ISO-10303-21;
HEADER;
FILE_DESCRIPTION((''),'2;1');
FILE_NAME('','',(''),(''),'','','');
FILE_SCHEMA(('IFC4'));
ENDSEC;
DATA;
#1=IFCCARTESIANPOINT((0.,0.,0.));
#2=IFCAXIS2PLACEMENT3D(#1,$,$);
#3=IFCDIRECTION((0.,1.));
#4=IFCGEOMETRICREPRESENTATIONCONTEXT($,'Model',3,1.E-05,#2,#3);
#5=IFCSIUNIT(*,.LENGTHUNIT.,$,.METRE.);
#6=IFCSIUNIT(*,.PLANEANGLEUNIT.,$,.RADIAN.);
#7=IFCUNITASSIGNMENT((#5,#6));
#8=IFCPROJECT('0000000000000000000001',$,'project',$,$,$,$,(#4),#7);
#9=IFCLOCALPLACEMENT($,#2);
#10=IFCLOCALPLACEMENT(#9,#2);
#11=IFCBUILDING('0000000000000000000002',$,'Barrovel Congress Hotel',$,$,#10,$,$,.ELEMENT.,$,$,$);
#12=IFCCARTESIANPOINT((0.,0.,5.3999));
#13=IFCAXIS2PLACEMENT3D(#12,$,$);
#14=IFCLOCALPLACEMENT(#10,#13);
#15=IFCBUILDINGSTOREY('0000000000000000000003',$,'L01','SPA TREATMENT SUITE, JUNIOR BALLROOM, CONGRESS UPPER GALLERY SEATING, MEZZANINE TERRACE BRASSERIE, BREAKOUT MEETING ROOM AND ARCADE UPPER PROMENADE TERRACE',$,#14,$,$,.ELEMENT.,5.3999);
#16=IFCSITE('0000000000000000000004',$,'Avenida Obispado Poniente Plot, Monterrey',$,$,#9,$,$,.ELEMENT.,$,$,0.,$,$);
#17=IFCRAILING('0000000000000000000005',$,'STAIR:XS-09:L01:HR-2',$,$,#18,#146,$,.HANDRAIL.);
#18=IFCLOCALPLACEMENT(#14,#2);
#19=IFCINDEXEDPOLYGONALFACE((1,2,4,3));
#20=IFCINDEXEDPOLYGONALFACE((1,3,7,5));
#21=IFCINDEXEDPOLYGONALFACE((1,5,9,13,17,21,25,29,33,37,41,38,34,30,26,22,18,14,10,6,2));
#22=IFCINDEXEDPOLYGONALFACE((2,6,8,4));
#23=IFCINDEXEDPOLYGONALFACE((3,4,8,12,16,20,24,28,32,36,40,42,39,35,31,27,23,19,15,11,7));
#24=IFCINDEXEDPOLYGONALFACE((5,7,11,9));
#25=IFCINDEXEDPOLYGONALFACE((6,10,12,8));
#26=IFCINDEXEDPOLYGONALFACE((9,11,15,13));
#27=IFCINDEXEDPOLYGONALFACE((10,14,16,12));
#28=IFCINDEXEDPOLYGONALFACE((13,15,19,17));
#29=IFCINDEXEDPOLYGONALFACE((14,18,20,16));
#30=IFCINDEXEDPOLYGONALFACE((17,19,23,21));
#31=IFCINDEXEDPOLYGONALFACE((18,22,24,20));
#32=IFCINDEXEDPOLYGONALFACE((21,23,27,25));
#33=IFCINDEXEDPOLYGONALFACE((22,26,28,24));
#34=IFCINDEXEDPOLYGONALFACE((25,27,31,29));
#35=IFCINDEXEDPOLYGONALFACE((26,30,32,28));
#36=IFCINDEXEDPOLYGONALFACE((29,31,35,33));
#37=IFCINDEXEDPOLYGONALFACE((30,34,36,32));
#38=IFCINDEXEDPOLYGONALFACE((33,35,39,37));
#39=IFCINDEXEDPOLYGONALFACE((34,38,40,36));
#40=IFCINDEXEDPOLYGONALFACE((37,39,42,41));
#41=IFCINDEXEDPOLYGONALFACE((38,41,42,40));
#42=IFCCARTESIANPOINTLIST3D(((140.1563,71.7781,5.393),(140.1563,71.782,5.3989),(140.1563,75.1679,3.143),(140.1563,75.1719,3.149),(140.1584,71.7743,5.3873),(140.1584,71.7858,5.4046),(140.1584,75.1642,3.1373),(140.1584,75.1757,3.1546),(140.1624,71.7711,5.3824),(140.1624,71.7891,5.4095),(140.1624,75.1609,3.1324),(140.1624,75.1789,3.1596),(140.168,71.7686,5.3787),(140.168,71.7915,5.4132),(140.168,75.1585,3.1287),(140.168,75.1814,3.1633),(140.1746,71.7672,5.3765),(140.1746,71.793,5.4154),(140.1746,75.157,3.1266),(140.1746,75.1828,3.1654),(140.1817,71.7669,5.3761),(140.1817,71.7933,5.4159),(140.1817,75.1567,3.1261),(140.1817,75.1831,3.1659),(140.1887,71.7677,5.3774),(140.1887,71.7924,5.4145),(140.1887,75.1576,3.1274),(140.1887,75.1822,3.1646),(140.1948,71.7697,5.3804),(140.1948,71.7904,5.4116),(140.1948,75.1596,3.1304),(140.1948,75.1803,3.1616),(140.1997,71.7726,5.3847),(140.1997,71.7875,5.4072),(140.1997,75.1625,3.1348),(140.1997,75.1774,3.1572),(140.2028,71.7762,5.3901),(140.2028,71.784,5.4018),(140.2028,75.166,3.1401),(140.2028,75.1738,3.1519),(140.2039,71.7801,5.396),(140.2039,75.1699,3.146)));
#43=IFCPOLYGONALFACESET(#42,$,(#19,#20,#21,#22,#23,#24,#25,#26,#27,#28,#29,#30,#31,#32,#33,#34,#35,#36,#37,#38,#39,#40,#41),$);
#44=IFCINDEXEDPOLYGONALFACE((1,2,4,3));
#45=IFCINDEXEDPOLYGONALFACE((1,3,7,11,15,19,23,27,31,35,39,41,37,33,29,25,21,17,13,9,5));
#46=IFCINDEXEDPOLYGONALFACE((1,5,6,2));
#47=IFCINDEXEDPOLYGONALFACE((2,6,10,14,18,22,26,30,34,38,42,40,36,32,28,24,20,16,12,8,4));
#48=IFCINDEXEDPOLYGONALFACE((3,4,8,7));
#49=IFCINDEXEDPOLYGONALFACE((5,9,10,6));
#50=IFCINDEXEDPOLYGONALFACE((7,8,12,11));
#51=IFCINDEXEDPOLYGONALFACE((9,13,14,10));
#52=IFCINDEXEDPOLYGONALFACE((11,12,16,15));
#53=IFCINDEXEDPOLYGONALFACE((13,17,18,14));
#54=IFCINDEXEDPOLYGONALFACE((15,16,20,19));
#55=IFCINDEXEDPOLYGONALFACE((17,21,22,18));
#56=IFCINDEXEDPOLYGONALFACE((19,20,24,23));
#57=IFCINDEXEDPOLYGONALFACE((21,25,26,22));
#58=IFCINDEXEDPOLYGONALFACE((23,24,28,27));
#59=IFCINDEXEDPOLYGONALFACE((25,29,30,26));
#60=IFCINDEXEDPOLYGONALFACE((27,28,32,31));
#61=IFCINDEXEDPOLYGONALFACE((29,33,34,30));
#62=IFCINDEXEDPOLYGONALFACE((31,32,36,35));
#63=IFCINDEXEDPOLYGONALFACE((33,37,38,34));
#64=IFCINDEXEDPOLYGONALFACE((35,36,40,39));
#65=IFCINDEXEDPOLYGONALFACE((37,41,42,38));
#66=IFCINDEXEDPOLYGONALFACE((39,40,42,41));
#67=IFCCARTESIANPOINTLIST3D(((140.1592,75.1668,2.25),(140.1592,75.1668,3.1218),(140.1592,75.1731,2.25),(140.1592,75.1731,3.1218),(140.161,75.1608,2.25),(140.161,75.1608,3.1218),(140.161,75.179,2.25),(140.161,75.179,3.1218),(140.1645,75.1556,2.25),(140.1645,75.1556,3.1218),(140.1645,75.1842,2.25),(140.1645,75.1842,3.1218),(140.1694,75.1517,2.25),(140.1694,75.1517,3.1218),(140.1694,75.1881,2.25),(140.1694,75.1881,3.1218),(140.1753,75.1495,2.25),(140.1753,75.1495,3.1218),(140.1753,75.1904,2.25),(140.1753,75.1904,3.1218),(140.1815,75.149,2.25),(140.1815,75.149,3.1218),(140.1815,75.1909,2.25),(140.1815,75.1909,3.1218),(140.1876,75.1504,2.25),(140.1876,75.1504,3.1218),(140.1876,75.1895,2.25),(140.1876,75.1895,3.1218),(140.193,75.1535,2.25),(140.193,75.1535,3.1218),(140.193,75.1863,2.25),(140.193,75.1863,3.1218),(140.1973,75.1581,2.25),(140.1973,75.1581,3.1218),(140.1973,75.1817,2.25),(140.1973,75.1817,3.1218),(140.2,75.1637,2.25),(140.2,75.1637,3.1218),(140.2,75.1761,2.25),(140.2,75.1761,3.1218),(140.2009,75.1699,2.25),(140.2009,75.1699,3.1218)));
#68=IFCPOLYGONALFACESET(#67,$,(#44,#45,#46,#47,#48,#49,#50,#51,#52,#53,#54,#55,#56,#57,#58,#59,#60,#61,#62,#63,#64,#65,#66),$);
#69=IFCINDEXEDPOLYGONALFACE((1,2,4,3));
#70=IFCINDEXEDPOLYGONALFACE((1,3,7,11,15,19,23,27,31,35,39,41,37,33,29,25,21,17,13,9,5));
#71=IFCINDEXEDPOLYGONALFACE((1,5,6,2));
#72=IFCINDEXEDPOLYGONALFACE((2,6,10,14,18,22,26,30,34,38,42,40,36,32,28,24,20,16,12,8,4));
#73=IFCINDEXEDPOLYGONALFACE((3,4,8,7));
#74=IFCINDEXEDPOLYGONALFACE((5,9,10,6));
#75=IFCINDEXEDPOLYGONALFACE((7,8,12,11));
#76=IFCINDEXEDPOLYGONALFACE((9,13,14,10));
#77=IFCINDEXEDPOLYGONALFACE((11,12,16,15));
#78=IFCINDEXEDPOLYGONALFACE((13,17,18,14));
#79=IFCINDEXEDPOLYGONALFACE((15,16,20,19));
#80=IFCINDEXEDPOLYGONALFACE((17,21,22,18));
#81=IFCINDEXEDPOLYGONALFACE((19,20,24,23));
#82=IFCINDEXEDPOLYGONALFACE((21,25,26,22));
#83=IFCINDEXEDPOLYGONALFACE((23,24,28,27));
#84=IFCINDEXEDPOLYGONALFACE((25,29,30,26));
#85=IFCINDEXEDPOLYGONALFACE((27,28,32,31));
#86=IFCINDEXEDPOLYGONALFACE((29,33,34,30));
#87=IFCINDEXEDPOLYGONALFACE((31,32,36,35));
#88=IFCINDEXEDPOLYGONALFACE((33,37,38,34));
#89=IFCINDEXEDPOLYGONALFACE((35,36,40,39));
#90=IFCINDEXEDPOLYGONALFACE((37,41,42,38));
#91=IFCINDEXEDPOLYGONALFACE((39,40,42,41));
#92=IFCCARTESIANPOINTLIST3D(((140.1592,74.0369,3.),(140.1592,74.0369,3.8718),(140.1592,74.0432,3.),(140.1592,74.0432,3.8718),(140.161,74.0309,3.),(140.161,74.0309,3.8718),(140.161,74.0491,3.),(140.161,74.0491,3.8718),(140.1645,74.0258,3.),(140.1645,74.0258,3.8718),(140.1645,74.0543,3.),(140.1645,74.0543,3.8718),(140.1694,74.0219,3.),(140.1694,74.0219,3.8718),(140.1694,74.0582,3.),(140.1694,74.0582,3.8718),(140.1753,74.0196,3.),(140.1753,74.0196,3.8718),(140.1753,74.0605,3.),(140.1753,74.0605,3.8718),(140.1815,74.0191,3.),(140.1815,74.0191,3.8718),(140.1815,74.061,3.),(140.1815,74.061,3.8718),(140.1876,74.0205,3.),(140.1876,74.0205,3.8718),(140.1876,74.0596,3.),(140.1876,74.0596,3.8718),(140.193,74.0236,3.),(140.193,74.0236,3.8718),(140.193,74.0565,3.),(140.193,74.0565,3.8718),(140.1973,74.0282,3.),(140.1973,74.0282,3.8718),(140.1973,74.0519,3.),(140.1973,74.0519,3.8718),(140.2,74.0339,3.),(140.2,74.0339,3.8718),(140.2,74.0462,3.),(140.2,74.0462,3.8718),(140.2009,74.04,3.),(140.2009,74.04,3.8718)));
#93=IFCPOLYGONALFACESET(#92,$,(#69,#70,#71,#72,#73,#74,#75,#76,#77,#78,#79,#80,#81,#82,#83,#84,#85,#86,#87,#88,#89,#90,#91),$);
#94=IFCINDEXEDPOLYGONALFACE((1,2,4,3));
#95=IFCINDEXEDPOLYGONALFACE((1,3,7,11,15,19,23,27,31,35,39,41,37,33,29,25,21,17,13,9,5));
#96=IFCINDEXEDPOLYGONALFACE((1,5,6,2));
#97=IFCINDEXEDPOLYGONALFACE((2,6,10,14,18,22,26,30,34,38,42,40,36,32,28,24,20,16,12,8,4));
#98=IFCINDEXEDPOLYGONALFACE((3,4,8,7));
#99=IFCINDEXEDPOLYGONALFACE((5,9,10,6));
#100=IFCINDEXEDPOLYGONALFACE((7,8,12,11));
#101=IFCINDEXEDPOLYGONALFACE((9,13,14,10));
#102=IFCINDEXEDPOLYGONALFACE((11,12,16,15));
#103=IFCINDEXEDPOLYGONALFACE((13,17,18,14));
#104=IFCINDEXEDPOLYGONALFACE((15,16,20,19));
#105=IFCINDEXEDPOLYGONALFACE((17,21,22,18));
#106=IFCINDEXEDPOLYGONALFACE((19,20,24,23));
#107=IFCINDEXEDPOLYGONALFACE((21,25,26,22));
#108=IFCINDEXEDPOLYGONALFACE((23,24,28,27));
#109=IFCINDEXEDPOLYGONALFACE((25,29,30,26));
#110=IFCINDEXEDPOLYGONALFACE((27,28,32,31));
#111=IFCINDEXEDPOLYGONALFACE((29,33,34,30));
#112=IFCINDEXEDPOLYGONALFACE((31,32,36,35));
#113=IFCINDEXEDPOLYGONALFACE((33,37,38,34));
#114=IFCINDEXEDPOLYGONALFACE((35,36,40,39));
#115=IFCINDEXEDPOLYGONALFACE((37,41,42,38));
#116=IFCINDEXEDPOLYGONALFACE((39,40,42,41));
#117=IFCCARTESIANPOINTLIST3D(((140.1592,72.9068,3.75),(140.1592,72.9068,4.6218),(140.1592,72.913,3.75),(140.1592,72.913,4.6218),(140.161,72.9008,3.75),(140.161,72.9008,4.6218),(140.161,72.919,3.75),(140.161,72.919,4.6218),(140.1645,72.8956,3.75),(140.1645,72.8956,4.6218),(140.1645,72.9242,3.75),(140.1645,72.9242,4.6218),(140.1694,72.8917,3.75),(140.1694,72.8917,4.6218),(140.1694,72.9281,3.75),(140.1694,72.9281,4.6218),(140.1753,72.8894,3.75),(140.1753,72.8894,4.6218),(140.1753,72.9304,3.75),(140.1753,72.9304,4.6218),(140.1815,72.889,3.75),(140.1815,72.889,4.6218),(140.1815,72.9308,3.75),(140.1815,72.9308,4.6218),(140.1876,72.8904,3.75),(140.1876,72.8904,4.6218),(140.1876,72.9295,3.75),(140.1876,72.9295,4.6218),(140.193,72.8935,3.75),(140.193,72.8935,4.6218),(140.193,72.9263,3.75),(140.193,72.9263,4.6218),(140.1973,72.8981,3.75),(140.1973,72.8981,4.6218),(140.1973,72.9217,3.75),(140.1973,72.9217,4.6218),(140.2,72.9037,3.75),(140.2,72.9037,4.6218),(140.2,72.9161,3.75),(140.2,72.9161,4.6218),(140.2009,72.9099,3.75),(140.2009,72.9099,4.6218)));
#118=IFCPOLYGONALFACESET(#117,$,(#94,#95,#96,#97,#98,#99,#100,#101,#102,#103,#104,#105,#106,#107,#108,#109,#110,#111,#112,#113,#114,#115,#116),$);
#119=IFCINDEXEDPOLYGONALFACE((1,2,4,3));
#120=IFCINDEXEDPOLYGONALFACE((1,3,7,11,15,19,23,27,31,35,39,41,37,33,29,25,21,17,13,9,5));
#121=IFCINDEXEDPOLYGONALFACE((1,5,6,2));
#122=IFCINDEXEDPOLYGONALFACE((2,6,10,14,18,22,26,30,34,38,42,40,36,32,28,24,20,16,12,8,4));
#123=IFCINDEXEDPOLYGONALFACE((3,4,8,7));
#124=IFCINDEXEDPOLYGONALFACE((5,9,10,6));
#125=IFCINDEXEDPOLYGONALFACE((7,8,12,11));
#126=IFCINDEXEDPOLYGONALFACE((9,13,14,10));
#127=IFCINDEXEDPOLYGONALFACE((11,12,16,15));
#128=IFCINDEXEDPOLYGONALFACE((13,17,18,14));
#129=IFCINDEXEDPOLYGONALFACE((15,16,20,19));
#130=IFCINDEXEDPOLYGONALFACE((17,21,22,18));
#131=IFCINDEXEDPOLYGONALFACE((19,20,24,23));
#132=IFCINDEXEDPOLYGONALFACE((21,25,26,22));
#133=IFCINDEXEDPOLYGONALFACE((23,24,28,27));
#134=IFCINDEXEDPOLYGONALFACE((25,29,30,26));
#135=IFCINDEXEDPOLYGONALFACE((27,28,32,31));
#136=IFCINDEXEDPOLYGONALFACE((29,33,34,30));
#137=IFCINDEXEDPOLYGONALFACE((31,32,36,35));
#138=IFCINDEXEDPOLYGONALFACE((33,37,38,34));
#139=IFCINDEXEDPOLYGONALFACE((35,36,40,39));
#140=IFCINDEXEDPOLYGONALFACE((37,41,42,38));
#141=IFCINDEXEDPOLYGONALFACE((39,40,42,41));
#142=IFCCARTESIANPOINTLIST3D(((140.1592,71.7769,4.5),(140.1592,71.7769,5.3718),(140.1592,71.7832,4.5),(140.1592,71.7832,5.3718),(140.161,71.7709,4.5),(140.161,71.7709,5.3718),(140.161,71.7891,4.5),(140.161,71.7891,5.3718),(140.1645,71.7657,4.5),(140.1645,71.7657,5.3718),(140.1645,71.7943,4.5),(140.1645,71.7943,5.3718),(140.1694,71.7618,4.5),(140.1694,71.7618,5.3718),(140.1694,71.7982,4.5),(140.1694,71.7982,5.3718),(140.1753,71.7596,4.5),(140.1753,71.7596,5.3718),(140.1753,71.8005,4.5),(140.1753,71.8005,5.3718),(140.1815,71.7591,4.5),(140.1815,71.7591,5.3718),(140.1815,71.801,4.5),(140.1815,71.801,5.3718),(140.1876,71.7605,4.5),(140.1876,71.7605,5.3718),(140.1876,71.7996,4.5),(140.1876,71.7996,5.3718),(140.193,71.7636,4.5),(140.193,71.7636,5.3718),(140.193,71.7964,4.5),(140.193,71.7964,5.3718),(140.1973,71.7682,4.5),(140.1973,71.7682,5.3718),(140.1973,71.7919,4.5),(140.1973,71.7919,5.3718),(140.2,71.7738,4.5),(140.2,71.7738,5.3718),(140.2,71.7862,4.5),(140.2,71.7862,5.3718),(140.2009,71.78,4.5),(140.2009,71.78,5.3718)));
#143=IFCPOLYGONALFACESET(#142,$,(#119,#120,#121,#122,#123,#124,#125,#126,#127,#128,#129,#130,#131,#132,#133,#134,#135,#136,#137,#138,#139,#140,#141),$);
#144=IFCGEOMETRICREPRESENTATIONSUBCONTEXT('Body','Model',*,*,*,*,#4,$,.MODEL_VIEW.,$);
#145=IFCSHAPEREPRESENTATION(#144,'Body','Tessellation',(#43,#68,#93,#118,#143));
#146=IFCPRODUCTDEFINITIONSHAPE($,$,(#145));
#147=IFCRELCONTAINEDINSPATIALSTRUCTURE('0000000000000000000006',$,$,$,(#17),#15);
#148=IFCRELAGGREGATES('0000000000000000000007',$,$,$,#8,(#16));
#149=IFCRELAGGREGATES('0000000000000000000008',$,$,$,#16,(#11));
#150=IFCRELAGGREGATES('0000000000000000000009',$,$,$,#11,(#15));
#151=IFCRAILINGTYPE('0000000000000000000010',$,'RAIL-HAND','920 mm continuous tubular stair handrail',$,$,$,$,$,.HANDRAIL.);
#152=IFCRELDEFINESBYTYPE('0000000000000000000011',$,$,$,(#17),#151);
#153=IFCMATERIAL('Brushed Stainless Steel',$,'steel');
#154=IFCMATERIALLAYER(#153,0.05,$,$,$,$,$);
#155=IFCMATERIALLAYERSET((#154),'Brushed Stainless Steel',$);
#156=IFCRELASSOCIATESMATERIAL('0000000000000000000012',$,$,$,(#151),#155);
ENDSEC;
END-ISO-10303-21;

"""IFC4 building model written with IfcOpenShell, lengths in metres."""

from ifc_helpers import new_model, si_unit, direction, frame, origin, origin_2d, place, context, subcontext, project, spatial, circle, extrude, material, layer, layer_set, type_object, element, save


model = new_model("IFC4")

# Units and contexts
model_context = context("Model", 3, precision=1e-05, world=origin(), true_north=direction((0.0, 1.0)))
body_context = subcontext(model_context, "Body", "Model", "MODEL_VIEW")
ifc_project = project(units=[si_unit("LENGTHUNIT", "METRE"), si_unit("PLANEANGLEUNIT", "RADIAN")], contexts=[model_context])

# Site, building, storey
site_placement = place(None, origin())
site = spatial("IfcSite", under=ifc_project, at=site_placement, Name="Avenida Obispado Poniente Plot, Monterrey", CompositionType="ELEMENT", RefElevation=0.0)
building_placement = place(site_placement, origin())
building = spatial("IfcBuilding", under=site, at=building_placement, Name="Barrovel Congress Hotel", CompositionType="ELEMENT")
storey_placement = place(building_placement, frame((0.0, 0.0, 5.3999)))
storey = spatial("IfcBuildingStorey", under=building, at=storey_placement, Name="L01", Description="SPA TREATMENT SUITE, JUNIOR BALLROOM, CONGRESS UPPER GALLERY SEATING, MEZZANINE TERRACE BRASSERIE, BREAKOUT MEETING ROOM AND ARCADE UPPER PROMENADE TERRACE", CompositionType="ELEMENT", Elevation=5.3999)

# Railing
ifc_material_1 = material(Name="Brushed Stainless Steel", Category="steel")
ifc_layer_1 = layer(ifc_material_1, 0.05)
ifc_layer_set_1 = layer_set([ifc_layer_1], Name="Brushed Stainless Steel")
railing_type_1 = type_object("IfcRailingType", Name="RAIL-HAND", Description="920 mm continuous tubular stair handrail", PredefinedType="HANDRAIL", material=ifc_layer_set_1)
railing_1_placement = place(storey_placement, frame((140.1799, 75.1699, 2.25)))
element("IfcRailing", 1, at=railing_1_placement, inside=storey, type_object=railing_type_1, Name="STAIR:XS-09:L01:HR-2", PredefinedType="HANDRAIL", context=body_context, shape_type="SweptSolid", body=[
    extrude(circle(Radius=0.0239, at=origin_2d()), frame((0.0, 0.0, 0.896), z_axis=(0.0, -0.833175, 0.55301), x_axis=(1.0, 0.0, 0.0)), (0.0, 0.0, 1.0), 4.0686),
    extrude(circle(Radius=0.021, at=origin_2d()), origin(), (0.0, 0.0, 1.0), 0.8718),
    extrude(circle(Radius=0.021, at=origin_2d()), frame((0.0, -1.1299, 0.75)), (0.0, 0.0, 1.0), 0.8718),
    extrude(circle(Radius=0.021, at=origin_2d()), frame((0.0, -2.26, 1.5)), (0.0, 0.0, 1.0), 0.8718),
    extrude(circle(Radius=0.021, at=origin_2d()), frame((0.0, -3.3899, 2.25)), (0.0, 0.0, 1.0), 0.8718),
])

save(model, "model.ifc")
